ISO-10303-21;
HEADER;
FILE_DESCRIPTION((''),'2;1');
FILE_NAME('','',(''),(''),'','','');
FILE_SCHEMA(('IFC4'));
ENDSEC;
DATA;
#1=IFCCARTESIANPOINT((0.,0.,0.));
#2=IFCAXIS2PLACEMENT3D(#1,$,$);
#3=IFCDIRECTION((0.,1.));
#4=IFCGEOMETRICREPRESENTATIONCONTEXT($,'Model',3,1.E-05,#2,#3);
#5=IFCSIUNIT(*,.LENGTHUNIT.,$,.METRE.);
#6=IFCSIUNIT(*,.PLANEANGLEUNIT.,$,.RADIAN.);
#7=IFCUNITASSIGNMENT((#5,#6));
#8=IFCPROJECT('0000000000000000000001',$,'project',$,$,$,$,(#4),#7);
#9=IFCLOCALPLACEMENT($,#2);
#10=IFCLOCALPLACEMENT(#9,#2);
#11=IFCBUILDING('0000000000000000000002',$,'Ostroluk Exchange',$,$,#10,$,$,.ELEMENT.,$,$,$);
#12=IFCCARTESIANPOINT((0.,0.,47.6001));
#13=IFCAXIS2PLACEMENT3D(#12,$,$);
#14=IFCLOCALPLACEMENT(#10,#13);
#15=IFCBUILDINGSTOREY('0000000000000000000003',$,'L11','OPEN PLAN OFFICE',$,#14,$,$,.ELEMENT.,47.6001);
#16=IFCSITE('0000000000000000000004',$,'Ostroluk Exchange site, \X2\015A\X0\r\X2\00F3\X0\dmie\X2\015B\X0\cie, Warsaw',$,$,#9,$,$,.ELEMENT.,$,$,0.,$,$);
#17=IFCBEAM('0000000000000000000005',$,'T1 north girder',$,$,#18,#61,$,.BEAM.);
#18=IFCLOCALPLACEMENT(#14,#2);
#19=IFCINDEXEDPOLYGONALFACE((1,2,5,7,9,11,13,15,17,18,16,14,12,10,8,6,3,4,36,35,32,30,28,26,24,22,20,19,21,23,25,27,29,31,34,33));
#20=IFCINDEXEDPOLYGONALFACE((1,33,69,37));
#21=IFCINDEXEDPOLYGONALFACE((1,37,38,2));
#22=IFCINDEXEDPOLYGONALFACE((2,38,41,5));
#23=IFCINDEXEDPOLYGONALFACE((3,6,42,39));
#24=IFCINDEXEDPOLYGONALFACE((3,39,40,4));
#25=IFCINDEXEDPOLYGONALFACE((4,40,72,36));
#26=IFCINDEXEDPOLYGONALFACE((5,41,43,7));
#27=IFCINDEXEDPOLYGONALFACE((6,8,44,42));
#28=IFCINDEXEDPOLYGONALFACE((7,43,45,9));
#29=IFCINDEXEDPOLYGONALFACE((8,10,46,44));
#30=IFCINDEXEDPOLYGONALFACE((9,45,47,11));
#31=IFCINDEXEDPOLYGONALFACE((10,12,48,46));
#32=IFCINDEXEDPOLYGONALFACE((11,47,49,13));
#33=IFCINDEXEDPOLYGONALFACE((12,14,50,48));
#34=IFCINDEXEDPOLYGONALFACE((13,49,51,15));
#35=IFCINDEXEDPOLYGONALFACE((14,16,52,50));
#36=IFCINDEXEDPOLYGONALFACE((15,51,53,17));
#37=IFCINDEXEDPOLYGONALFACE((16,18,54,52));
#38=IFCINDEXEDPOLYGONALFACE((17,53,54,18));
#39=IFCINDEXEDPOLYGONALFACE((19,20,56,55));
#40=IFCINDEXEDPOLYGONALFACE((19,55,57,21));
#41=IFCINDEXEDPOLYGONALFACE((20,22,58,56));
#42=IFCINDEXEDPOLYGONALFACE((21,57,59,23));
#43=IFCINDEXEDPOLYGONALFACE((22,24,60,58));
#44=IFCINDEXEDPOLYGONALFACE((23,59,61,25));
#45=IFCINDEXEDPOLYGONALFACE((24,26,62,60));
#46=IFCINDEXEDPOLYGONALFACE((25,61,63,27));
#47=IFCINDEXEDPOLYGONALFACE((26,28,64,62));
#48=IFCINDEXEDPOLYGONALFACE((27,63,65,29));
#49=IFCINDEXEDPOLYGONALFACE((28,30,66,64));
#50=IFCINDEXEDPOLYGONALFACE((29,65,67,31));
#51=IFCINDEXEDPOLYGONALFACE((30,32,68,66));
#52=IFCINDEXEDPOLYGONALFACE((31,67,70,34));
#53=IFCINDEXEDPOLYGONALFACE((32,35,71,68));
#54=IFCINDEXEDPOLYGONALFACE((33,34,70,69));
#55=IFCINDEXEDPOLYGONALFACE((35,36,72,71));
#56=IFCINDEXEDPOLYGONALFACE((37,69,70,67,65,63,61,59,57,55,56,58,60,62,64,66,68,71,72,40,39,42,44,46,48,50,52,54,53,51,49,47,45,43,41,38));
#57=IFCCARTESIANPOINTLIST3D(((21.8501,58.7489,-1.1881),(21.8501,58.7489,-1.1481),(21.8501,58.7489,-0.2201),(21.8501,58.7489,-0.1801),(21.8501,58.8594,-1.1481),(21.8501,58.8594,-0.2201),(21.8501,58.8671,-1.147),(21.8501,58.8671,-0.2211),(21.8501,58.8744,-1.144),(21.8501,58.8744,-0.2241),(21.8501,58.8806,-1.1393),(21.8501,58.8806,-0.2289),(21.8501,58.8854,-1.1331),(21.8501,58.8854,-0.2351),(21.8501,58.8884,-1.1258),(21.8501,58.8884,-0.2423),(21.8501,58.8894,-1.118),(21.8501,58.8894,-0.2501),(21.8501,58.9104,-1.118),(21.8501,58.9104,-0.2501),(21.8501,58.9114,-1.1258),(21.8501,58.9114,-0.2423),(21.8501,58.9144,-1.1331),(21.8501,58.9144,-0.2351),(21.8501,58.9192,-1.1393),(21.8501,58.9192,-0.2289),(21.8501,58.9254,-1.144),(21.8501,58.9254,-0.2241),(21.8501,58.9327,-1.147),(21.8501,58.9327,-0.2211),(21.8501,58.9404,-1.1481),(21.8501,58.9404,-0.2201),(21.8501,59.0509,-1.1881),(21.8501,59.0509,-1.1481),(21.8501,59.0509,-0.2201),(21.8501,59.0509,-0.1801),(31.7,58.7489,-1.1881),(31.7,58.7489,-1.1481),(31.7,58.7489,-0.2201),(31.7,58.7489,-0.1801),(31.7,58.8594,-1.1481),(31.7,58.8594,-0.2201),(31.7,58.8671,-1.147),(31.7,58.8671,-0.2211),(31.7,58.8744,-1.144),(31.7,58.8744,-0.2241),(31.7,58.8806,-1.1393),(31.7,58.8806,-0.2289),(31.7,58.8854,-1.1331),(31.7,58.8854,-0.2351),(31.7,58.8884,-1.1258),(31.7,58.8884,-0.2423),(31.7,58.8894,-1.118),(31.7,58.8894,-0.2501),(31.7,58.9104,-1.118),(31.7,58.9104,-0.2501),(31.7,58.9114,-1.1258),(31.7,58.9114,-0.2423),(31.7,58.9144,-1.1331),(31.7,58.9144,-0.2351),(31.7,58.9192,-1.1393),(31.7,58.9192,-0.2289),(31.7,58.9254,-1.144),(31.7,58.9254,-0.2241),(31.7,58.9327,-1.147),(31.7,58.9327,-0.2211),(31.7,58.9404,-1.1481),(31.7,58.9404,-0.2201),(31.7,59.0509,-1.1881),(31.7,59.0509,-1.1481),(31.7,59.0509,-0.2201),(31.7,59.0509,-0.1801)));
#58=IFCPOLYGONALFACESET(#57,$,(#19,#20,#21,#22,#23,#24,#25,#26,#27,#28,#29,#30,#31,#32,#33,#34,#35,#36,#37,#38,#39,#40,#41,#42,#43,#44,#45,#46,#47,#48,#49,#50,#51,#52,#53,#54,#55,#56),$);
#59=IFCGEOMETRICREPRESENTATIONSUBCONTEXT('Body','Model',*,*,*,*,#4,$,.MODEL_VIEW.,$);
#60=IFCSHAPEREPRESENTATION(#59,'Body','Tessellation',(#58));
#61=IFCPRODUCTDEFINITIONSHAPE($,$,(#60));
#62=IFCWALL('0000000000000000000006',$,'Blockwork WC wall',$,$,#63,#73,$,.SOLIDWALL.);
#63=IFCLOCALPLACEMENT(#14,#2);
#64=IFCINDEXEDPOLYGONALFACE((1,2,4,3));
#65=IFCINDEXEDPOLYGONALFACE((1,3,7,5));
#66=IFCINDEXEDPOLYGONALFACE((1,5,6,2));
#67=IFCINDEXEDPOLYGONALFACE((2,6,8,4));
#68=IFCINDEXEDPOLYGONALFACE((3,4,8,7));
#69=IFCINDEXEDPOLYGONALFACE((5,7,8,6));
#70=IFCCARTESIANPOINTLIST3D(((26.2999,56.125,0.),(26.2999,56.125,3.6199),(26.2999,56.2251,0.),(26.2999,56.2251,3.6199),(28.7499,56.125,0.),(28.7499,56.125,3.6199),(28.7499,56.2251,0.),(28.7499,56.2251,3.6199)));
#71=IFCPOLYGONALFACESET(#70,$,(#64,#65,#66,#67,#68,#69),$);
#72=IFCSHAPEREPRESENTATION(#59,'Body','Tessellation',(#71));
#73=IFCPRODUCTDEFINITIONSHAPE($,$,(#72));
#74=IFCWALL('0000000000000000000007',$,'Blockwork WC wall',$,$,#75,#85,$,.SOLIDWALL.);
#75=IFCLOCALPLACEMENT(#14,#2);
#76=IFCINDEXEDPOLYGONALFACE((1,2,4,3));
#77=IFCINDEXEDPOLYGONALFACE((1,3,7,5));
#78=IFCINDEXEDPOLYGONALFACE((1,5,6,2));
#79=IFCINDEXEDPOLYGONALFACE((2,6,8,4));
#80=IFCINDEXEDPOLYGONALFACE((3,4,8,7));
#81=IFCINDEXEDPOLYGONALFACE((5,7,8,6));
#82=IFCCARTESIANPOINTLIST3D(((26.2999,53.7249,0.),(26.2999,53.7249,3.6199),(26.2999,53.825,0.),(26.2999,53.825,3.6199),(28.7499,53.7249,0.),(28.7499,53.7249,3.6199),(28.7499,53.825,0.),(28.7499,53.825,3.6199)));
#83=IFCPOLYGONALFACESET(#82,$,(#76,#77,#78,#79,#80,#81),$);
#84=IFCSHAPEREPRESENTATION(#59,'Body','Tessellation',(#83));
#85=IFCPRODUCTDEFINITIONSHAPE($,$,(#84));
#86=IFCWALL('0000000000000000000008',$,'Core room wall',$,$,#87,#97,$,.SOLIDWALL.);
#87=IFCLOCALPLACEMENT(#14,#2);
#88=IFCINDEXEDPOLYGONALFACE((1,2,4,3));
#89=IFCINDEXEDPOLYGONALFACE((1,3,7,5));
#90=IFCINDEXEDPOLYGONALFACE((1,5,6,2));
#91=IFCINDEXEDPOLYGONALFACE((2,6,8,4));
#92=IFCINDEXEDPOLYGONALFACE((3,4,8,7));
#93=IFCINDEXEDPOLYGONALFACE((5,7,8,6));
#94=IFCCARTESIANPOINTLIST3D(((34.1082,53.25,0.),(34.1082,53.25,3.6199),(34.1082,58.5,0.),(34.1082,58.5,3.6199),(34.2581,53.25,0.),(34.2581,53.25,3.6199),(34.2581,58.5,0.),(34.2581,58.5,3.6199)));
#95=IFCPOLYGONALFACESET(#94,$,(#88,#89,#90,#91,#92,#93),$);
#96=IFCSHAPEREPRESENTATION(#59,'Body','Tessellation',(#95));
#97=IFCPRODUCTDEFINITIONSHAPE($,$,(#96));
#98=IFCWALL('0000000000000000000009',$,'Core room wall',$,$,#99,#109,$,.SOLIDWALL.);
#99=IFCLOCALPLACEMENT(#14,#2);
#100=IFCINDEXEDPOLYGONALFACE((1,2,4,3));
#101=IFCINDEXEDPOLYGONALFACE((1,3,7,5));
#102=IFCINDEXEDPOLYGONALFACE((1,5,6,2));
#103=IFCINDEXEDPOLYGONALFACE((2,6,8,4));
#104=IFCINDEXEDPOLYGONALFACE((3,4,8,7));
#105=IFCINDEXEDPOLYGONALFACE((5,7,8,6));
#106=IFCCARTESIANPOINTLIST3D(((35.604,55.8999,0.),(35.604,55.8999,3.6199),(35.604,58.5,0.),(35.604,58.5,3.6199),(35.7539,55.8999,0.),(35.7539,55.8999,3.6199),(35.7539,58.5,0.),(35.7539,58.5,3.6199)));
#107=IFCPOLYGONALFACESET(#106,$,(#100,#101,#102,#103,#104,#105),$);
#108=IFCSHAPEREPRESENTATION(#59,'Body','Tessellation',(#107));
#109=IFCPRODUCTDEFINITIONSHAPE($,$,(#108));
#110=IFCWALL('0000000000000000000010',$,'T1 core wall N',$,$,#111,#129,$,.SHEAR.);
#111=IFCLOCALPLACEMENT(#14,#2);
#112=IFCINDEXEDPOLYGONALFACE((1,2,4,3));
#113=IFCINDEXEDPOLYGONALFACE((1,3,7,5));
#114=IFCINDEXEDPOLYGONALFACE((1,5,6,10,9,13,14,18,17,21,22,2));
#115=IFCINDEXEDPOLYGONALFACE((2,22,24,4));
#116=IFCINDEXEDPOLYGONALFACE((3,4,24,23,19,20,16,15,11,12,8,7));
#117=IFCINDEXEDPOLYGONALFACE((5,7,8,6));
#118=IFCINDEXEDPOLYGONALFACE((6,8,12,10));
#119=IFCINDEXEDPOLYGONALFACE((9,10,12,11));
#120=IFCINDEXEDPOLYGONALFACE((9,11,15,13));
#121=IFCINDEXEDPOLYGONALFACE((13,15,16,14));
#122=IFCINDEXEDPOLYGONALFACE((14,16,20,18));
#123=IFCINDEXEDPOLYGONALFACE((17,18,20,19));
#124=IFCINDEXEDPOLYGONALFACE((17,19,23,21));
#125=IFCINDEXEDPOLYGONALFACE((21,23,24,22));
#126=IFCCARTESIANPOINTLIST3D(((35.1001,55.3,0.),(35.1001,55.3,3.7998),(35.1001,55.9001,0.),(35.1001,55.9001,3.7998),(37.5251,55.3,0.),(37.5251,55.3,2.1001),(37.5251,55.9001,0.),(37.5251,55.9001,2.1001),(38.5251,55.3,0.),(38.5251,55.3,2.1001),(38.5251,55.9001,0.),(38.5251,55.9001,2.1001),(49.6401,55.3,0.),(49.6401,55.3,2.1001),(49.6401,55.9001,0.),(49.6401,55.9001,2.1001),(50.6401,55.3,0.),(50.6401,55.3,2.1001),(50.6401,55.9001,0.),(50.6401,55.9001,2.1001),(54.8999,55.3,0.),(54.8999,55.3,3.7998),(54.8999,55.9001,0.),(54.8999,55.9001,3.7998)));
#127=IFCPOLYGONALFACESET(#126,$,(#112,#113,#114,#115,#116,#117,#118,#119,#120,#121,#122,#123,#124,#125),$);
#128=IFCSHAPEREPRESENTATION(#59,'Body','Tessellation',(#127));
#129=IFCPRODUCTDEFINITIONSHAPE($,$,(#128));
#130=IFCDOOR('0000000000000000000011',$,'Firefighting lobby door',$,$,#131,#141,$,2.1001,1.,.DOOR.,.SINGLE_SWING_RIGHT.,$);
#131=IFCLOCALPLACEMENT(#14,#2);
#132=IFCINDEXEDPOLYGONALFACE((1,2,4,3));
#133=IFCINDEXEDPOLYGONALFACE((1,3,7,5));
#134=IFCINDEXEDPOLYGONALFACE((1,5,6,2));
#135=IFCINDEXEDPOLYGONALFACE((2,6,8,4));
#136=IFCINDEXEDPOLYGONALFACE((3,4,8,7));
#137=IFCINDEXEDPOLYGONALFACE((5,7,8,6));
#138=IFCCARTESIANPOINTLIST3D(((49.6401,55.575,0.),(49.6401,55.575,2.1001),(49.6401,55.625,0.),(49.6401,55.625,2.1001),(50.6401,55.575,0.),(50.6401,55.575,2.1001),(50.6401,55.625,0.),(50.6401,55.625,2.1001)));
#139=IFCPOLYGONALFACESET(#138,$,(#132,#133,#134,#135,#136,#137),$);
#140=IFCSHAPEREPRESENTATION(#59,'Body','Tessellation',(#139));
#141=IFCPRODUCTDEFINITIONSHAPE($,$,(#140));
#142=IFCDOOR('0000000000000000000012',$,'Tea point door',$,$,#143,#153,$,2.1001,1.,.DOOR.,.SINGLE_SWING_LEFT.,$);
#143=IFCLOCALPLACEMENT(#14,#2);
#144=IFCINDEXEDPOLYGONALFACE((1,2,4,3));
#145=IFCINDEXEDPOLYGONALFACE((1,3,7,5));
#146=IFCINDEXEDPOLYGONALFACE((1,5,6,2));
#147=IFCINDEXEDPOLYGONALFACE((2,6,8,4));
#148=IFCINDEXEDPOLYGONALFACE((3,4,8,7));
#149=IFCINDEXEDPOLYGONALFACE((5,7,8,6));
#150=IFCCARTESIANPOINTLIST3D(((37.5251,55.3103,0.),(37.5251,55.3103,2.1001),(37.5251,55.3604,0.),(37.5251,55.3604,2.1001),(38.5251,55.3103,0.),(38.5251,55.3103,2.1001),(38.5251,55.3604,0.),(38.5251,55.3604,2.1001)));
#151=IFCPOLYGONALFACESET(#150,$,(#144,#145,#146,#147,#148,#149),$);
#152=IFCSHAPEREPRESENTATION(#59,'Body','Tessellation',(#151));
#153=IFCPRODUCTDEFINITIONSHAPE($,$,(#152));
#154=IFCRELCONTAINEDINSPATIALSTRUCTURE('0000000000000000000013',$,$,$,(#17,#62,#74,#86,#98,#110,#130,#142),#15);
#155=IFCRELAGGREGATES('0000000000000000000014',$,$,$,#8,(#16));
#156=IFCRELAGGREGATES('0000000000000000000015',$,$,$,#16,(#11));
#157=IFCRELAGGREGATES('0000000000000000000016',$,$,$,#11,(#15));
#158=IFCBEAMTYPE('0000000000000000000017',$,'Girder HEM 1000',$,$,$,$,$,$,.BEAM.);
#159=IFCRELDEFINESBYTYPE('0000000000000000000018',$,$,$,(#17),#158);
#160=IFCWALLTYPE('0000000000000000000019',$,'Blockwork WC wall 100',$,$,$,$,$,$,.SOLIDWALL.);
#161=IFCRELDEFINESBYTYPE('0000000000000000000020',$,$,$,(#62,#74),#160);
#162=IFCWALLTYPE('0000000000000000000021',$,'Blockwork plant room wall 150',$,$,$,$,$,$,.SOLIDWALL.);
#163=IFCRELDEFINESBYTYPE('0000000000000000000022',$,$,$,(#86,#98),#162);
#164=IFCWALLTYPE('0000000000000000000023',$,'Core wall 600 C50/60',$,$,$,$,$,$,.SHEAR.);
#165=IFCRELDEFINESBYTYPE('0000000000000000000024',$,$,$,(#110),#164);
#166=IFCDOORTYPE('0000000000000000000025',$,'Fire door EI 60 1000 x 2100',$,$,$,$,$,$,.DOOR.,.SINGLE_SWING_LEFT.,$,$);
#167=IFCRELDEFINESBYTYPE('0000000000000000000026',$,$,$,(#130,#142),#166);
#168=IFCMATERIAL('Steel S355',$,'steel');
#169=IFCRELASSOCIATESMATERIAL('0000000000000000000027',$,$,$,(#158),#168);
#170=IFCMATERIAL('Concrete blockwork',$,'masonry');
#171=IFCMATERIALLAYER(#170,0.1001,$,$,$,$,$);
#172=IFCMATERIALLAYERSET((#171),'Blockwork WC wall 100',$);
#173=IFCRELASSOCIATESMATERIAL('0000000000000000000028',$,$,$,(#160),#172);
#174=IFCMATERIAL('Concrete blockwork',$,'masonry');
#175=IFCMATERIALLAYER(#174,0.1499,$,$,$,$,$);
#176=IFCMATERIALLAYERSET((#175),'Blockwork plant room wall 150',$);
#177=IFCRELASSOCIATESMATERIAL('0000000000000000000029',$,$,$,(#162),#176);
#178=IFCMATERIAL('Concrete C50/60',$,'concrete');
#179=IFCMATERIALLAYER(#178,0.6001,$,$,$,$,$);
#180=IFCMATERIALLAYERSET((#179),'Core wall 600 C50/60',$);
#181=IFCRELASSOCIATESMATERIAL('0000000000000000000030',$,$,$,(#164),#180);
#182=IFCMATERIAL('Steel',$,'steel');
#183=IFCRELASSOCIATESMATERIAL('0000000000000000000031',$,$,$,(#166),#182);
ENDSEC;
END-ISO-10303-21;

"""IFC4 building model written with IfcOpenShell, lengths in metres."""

from ifc_helpers import new_model, si_unit, direction, frame, frame_2d, origin, origin_2d, place, context, subcontext, project, spatial, rectangle, i_section, extrude, material, layer, layer_set, material_profile, profile_set, type_object, element, fill, save


model = new_model("IFC4")

# Units and contexts
model_context = context("Model", 3, precision=1e-05, world=origin(), true_north=direction((0.0, 1.0)))
body_context = subcontext(model_context, "Body", "Model", "MODEL_VIEW")
ifc_project = project(units=[si_unit("LENGTHUNIT", "METRE"), si_unit("PLANEANGLEUNIT", "RADIAN")], contexts=[model_context])

# Site, building, storey
site_placement = place(None, origin())
site = spatial("IfcSite", under=ifc_project, at=site_placement, Name="Ostroluk Exchange site, Śródmieście, Warsaw", CompositionType="ELEMENT", RefElevation=0.0)
building_placement = place(site_placement, origin())
building = spatial("IfcBuilding", under=site, at=building_placement, Name="Ostroluk Exchange", CompositionType="ELEMENT")
storey_placement = place(building_placement, frame((0.0, 0.0, 47.6001)))
storey = spatial("IfcBuildingStorey", under=building, at=storey_placement, Name="L11", Description="OPEN PLAN OFFICE", CompositionType="ELEMENT", Elevation=47.6001)

# Beam
ifc_material_1 = material(Name="Steel S355", Category="steel")
ifc_material_profile_1 = material_profile(ifc_material_1, i_section(OverallWidth=0.302, OverallDepth=1.0081, WebThickness=0.021, FlangeThickness=0.04, FilletRadius=0.03, at=origin_2d()), Name="HEM 1000")
ifc_profile_set_1 = profile_set([ifc_material_profile_1], Name="Steel S355")
beam_type_1 = type_object("IfcBeamType", Name="Girder HEM 1000", PredefinedType="BEAM", material=ifc_profile_set_1)
beam_1_placement = place(storey_placement, frame((31.7, 58.8999, -0.6841), z_axis=(-1.0, 0.0, 0.0), x_axis=(0.0, -1.0, 0.0)))
element("IfcBeam", 1, at=beam_1_placement, inside=storey, type_object=beam_type_1, Name="T1 north girder", PredefinedType="BEAM", context=body_context, shape_type="SweptSolid", body=[
    extrude(i_section(OverallWidth=0.302, OverallDepth=1.0081, WebThickness=0.021, FlangeThickness=0.04, FilletRadius=0.03, at=origin_2d()), origin(), (0.0, 0.0, 1.0), 9.8499),
])

# Walls
ifc_material_2 = material(Name="Concrete blockwork", Category="masonry")
ifc_layer_1 = layer(ifc_material_2, 0.1001)
ifc_layer_set_1 = layer_set([ifc_layer_1], Name="Blockwork WC wall 100")
wall_type_1 = type_object("IfcWallType", Name="Blockwork WC wall 100", PredefinedType="SOLIDWALL", material=ifc_layer_set_1)
for number, where, z_axis, x_axis, name in (
    (2, (28.75, 56.175, 0.0), (0.0, 0.0, 1.0), (-1.0, 0.0, 0.0), "Blockwork WC wall"),
    (3, (28.75, 53.7749, 0.0), (0.0, 0.0, 1.0), (-1.0, 0.0, 0.0), "Blockwork WC wall"),
):
    element("IfcWall", number, at=place(storey_placement, frame(where, z_axis=z_axis, x_axis=x_axis)), inside=storey, type_object=wall_type_1, Name=name, PredefinedType="SOLIDWALL", context=body_context, shape_type="SweptSolid", body=[
        extrude(rectangle(XDim=2.45, YDim=0.1001, at=frame_2d((1.2251, 0.0))), origin(), (0.0, 0.0, 1.0), 3.6199),
    ])
ifc_material_3 = material(Name="Concrete blockwork", Category="masonry")
ifc_layer_2 = layer(ifc_material_3, 0.1499)
ifc_layer_set_2 = layer_set([ifc_layer_2], Name="Blockwork plant room wall 150")
wall_type_2 = type_object("IfcWallType", Name="Blockwork plant room wall 150", PredefinedType="SOLIDWALL", material=ifc_layer_set_2)
wall_1_placement = place(storey_placement, frame((34.1831, 53.25, 0.0), z_axis=(0.0, 0.0, 1.0), x_axis=(0.0, 1.0, 0.0)))
element("IfcWall", 4, at=wall_1_placement, inside=storey, type_object=wall_type_2, Name="Core room wall", PredefinedType="SOLIDWALL", context=body_context, shape_type="SweptSolid", body=[
    extrude(rectangle(XDim=5.25, YDim=0.1499, at=frame_2d((2.625, 0.0))), origin(), (0.0, 0.0, 1.0), 3.6199),
])
wall_2_placement = place(storey_placement, frame((35.679, 55.8999, 0.0), z_axis=(0.0, 0.0, 1.0), x_axis=(0.0, 1.0, 0.0)))
element("IfcWall", 5, at=wall_2_placement, inside=storey, type_object=wall_type_2, Name="Core room wall", PredefinedType="SOLIDWALL", context=body_context, shape_type="SweptSolid", body=[
    extrude(rectangle(XDim=2.6001, YDim=0.1499, at=frame_2d((1.3, 0.0))), origin(), (0.0, 0.0, 1.0), 3.6199),
])

# Wall, openings, doors
ifc_material_4 = material(Name="Concrete C50/60", Category="concrete")
ifc_layer_3 = layer(ifc_material_4, 0.6001)
ifc_layer_set_3 = layer_set([ifc_layer_3], Name="Core wall 600 C50/60")
wall_type_3 = type_object("IfcWallType", Name="Core wall 600 C50/60", PredefinedType="SHEAR", material=ifc_layer_set_3)
wall_3_placement = place(storey_placement, frame((35.1001, 55.6001, 0.0), z_axis=(0.0, 0.0, 1.0), x_axis=(1.0, 0.0, 0.0)))
wall_3 = element("IfcWall", 6, at=wall_3_placement, inside=storey, type_object=wall_type_3, Name="T1 core wall N", PredefinedType="SHEAR", context=body_context, shape_type="SweptSolid", body=[
    extrude(rectangle(XDim=19.7998, YDim=0.6001, at=frame_2d((9.8999, 0.0))), origin(), (0.0, 0.0, 1.0), 3.7998),
])
opening_1_placement = place(wall_3_placement, frame((14.54, 0.0, 0.0)))
opening_1 = element("IfcOpeningElement", 7, at=opening_1_placement, cuts=wall_3, PredefinedType="OPENING", context=body_context, shape_type="SweptSolid", body=[
    extrude(rectangle(XDim=1.0, YDim=2.1001, at=frame_2d((0.5, 1.05))), frame((0.0, 0.3101, 0.0), z_axis=(0.0, -1.0, 0.0), x_axis=(1.0, 0.0, 0.0)), (0.0, 0.0, 1.0), 0.6201),
])
opening_2_placement = place(wall_3_placement, frame((2.425, 0.0, 0.0)))
opening_2 = element("IfcOpeningElement", 8, at=opening_2_placement, cuts=wall_3, PredefinedType="OPENING", context=body_context, shape_type="SweptSolid", body=[
    extrude(rectangle(XDim=1.0, YDim=2.1001, at=frame_2d((0.5, 1.05))), frame((0.0, 0.3101, 0.0), z_axis=(0.0, -1.0, 0.0), x_axis=(1.0, 0.0, 0.0)), (0.0, 0.0, 1.0), 0.6201),
])
ifc_material_5 = material(Name="Steel", Category="steel")
door_type = type_object("IfcDoorType", Name="Fire door EI 60 1000 x 2100", OperationType="SINGLE_SWING_LEFT", PredefinedType="DOOR", material=ifc_material_5)
door_1_placement = place(opening_1_placement, origin())
door_1 = element("IfcDoor", 9, at=door_1_placement, inside=storey, type_object=door_type, Name="Firefighting lobby door", OperationType="SINGLE_SWING_RIGHT", OverallHeight=2.1001, OverallWidth=1.0, PredefinedType="DOOR", context=body_context, shape_type="SweptSolid", body=[
    extrude(rectangle(XDim=1.0, YDim=2.1001, at=frame_2d((0.5, 1.05))), frame((0.0, 0.0249, 0.0), z_axis=(0.0, -1.0, 0.0), x_axis=(1.0, 0.0, 0.0)), (0.0, 0.0, 1.0), 0.05),
])
fill(opening_1, door_1)
door_2_placement = place(opening_2_placement, origin())
door_2 = element("IfcDoor", 10, at=door_2_placement, inside=storey, type_object=door_type, Name="Tea point door", OperationType="SINGLE_SWING_LEFT", OverallHeight=2.1001, OverallWidth=1.0, PredefinedType="DOOR", context=body_context, shape_type="SweptSolid", body=[
    extrude(rectangle(XDim=1.0, YDim=2.1001, at=frame_2d((0.5, 1.05))), frame((0.0, -0.2397, 0.0), z_axis=(0.0, -1.0, 0.0), x_axis=(1.0, 0.0, 0.0)), (0.0, 0.0, 1.0), 0.05),
])
fill(opening_2, door_2)

save(model, "model.ifc")
